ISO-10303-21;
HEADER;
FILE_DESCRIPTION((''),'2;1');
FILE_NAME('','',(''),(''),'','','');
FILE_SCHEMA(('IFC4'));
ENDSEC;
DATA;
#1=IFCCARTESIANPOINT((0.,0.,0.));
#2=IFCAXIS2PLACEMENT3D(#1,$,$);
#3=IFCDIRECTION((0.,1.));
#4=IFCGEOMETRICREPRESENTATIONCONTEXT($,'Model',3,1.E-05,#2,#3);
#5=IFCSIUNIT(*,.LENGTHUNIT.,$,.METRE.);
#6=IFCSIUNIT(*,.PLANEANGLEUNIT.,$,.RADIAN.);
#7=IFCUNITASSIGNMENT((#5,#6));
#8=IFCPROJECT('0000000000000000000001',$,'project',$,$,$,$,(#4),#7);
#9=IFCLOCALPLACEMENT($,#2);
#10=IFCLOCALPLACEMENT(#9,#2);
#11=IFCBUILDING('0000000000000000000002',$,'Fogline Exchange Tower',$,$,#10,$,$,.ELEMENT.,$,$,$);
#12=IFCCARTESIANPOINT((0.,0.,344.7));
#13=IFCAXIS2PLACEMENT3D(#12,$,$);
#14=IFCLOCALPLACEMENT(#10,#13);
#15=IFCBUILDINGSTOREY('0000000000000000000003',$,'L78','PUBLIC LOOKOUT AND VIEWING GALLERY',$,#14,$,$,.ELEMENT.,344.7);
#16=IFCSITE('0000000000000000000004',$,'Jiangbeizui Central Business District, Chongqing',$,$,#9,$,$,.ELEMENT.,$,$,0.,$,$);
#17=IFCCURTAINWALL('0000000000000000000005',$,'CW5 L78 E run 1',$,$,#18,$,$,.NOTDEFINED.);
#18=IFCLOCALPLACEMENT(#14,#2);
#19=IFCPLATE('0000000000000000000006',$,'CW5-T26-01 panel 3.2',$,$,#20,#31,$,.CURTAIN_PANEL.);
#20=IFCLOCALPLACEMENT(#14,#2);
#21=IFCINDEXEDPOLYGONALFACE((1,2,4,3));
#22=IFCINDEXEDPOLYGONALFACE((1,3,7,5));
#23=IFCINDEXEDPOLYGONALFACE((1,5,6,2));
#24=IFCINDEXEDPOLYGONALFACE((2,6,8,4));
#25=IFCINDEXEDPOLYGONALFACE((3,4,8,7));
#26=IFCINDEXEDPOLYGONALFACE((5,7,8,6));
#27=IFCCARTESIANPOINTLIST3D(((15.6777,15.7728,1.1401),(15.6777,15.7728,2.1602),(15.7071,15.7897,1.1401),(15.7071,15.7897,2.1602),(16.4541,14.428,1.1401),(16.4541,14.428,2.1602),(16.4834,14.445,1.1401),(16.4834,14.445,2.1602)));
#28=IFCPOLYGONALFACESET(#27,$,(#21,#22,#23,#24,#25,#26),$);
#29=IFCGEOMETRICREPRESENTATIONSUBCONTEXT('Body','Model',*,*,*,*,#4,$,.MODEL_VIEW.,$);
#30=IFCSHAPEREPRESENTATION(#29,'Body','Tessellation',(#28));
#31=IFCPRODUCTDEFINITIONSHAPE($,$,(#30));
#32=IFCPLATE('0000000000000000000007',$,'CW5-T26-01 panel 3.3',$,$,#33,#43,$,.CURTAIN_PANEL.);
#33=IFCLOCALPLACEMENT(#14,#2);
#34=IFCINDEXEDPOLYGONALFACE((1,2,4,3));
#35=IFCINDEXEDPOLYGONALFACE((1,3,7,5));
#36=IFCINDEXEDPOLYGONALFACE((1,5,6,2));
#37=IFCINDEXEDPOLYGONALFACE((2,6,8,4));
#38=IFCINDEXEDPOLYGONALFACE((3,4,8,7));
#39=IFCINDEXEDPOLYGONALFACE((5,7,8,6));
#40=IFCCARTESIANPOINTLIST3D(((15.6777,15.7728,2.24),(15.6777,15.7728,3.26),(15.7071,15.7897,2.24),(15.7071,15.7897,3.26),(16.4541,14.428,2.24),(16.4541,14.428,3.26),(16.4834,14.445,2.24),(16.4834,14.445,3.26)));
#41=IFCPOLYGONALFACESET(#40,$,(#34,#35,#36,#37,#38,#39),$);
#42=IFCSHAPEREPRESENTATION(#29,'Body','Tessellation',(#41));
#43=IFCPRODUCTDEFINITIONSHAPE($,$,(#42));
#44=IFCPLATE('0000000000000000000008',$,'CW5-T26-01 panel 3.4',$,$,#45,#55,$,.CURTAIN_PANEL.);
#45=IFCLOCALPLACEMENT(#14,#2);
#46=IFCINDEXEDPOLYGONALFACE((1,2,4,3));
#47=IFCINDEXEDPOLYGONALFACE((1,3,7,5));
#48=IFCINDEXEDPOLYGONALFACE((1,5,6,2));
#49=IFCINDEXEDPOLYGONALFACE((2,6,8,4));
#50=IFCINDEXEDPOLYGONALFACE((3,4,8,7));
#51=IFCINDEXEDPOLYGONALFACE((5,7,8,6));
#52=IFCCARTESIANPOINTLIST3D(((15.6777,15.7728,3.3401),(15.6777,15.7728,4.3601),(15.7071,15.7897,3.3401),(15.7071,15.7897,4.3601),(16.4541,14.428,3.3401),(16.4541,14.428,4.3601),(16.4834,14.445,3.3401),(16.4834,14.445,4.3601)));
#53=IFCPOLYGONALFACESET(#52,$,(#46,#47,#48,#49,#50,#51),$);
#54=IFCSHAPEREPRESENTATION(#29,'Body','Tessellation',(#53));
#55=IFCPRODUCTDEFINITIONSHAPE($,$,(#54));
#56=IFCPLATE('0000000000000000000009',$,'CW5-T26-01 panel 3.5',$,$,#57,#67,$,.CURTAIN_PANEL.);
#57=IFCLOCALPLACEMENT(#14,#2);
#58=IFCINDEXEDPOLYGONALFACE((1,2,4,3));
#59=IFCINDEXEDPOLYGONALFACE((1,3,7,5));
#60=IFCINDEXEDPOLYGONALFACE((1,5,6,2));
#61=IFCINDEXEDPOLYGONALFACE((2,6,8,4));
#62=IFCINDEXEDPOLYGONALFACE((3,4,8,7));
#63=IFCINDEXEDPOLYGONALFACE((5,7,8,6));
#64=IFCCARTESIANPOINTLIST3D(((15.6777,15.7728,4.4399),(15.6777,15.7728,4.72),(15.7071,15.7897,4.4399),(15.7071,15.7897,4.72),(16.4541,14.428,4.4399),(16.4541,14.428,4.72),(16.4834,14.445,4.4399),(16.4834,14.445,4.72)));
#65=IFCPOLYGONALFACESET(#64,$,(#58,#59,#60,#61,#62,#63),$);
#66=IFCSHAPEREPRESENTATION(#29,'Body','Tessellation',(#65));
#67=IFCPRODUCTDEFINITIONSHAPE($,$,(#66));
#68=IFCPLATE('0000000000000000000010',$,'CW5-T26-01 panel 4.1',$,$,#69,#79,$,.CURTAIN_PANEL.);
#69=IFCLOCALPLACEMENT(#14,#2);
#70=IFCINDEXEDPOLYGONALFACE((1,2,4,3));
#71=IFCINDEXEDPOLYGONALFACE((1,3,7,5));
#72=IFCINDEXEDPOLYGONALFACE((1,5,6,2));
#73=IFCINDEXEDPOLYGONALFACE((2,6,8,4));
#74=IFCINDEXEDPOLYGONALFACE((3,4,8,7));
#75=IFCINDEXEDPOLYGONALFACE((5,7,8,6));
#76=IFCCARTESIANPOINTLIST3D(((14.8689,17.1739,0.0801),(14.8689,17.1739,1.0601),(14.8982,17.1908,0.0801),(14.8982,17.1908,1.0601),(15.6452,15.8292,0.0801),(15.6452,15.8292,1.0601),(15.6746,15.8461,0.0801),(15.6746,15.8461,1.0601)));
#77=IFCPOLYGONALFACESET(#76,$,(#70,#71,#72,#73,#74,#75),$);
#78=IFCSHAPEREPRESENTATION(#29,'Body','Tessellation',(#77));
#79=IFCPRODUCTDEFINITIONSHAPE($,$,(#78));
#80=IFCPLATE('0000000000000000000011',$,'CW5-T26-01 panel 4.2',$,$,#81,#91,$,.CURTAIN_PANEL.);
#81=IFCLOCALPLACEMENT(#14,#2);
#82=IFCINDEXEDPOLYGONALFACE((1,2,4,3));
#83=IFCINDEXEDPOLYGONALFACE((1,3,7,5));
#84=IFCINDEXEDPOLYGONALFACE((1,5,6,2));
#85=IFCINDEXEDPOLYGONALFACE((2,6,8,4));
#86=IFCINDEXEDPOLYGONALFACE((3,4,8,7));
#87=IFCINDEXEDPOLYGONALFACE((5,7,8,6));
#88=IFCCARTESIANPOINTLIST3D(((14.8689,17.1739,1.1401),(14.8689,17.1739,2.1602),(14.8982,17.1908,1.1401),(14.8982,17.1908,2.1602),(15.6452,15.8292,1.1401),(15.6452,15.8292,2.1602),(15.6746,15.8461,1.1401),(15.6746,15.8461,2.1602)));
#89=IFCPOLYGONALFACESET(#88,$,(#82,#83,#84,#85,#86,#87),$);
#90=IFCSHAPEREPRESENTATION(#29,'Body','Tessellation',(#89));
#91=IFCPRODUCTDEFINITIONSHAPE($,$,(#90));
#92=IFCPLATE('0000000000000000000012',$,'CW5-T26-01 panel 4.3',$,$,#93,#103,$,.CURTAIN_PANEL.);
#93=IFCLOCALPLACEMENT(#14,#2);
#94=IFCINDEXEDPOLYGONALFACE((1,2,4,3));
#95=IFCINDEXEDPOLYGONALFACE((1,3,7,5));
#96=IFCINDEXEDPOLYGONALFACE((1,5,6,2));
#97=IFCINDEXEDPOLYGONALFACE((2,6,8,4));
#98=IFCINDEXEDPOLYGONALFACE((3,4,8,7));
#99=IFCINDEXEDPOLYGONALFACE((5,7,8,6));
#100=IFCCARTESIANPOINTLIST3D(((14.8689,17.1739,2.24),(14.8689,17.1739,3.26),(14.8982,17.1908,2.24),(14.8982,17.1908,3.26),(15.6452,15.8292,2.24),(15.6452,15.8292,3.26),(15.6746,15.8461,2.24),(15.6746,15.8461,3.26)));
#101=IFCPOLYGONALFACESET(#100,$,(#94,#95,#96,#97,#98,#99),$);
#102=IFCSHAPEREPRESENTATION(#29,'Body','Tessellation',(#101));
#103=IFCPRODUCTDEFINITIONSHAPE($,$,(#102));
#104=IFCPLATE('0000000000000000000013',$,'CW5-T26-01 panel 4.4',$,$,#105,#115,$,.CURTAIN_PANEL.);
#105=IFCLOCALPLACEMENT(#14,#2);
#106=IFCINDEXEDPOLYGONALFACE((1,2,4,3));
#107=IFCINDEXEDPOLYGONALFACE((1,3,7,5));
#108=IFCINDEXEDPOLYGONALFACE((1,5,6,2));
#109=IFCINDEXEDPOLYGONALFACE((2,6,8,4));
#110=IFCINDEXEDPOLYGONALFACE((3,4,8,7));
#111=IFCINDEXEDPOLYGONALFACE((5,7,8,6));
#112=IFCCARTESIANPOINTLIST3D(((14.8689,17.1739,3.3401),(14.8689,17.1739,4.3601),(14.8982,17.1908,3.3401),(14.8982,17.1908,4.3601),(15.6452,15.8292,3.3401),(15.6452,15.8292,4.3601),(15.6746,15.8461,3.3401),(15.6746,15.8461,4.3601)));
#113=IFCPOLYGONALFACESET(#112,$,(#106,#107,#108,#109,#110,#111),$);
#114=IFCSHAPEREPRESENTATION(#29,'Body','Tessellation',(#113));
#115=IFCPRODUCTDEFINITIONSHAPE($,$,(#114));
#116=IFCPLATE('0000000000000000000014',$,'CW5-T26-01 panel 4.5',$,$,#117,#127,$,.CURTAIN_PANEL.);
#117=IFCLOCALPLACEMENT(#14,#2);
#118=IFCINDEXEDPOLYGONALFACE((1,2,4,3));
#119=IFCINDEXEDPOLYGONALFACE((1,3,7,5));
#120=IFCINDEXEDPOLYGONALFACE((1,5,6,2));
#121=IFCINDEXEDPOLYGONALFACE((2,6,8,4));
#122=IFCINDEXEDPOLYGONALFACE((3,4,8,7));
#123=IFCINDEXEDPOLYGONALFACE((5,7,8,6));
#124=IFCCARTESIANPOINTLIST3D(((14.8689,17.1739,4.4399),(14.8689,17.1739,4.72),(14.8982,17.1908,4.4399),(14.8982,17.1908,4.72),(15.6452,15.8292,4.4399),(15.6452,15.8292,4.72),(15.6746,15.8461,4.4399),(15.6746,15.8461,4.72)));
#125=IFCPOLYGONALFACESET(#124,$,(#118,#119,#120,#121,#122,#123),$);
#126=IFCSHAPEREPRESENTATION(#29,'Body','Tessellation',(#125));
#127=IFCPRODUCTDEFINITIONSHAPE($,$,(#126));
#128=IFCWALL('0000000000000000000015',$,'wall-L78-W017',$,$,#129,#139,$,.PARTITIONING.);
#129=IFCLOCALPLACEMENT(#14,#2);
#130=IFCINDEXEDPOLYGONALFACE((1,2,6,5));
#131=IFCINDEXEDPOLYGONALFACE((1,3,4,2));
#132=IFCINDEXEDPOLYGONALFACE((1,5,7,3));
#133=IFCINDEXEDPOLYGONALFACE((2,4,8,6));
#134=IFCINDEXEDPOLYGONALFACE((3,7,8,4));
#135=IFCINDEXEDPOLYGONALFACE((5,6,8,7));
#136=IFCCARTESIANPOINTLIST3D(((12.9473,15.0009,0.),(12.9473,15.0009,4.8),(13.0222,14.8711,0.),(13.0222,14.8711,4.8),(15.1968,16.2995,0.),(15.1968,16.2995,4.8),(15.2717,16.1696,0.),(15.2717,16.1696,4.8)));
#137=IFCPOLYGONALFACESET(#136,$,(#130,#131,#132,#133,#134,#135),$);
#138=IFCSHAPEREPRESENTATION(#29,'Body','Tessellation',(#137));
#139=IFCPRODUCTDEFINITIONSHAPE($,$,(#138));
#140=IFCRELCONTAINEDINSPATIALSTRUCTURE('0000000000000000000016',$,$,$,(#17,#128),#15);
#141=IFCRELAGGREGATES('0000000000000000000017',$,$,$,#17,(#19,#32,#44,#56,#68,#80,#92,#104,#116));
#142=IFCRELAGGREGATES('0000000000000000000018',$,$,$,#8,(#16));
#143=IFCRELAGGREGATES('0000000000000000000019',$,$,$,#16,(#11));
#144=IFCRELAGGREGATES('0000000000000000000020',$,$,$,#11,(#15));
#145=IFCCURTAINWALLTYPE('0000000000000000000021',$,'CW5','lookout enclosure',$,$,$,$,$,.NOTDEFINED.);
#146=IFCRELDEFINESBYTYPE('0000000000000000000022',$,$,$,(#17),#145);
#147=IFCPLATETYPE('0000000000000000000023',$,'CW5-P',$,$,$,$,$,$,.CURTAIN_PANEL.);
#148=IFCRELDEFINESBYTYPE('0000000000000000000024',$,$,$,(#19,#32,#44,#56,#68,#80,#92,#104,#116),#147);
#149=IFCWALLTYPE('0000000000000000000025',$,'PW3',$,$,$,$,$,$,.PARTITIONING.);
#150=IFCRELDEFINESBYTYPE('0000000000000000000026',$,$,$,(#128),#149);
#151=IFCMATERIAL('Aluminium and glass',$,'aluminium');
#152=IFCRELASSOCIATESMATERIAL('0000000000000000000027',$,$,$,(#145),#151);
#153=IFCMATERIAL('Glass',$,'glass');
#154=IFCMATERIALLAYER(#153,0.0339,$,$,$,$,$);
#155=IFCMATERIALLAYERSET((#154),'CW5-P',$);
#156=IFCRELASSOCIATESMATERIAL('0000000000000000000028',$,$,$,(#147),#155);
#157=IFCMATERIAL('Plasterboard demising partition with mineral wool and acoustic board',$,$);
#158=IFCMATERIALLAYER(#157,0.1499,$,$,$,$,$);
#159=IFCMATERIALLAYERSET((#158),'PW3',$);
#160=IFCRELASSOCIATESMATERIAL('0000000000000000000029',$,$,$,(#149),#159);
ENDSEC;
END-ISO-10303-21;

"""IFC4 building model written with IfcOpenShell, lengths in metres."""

from ifc_helpers import new_model, si_unit, direction, frame, frame_2d, origin, origin_2d, place, context, subcontext, project, spatial, rectangle, extrude, material, layer, layer_set, type_object, element, aggregate, save


model = new_model("IFC4")

# Units and contexts
model_context = context("Model", 3, precision=1e-05, world=origin(), true_north=direction((0.0, 1.0)))
body_context = subcontext(model_context, "Body", "Model", "MODEL_VIEW")
ifc_project = project(units=[si_unit("LENGTHUNIT", "METRE"), si_unit("PLANEANGLEUNIT", "RADIAN")], contexts=[model_context])

# Site, building, storey
site_placement = place(None, origin())
site = spatial("IfcSite", under=ifc_project, at=site_placement, Name="Jiangbeizui Central Business District, Chongqing", CompositionType="ELEMENT", RefElevation=0.0)
building_placement = place(site_placement, origin())
building = spatial("IfcBuilding", under=site, at=building_placement, Name="Fogline Exchange Tower", CompositionType="ELEMENT")
storey_placement = place(building_placement, frame((0.0, 0.0, 344.7)))
storey = spatial("IfcBuildingStorey", under=building, at=storey_placement, Name="L78", Description="PUBLIC LOOKOUT AND VIEWING GALLERY", CompositionType="ELEMENT", Elevation=344.7)

# Curtain wall, plates
ifc_material_1 = material(Name="Aluminium and glass", Category="aluminium")
curtain_wall_type = type_object("IfcCurtainWallType", Name="CW5", Description="lookout enclosure", PredefinedType="NOTDEFINED", material=ifc_material_1)
curtain_wall_placement = place(storey_placement, origin())
curtain_wall = element("IfcCurtainWall", 1, at=curtain_wall_placement, inside=storey, type_object=curtain_wall_type, Name="CW5 L78 E run 1", PredefinedType="NOTDEFINED")
ifc_material_2 = material(Name="Glass", Category="glass")
ifc_layer_1 = layer(ifc_material_2, 0.0339)
ifc_layer_set_1 = layer_set([ifc_layer_1], Name="CW5-P")
plate_type = type_object("IfcPlateType", Name="CW5-P", PredefinedType="CURTAIN_PANEL", material=ifc_layer_set_1)
plate_1_placement = place(storey_placement, frame((16.0806, 15.1089, 1.1401), z_axis=(0.0, 0.0, 1.0), x_axis=(-0.5, 0.866025, 0.0)))
plate_1 = element("IfcPlate", 2, at=plate_1_placement, type_object=plate_type, Name="CW5-T26-01 panel 3.2", PredefinedType="CURTAIN_PANEL", context=body_context, shape_type="SweptSolid", body=[
    extrude(rectangle(XDim=1.5527, YDim=0.0339, at=origin_2d()), origin(), (0.0, 0.0, 1.0), 1.02),
])
plate_2_placement = place(storey_placement, frame((16.0806, 15.1089, 2.24), z_axis=(0.0, 0.0, 1.0), x_axis=(-0.5, 0.866025, 0.0)))
plate_2 = element("IfcPlate", 3, at=plate_2_placement, type_object=plate_type, Name="CW5-T26-01 panel 3.3", PredefinedType="CURTAIN_PANEL", context=body_context, shape_type="SweptSolid", body=[
    extrude(rectangle(XDim=1.5527, YDim=0.0339, at=origin_2d()), origin(), (0.0, 0.0, 1.0), 1.02),
])
plate_3_placement = place(storey_placement, frame((16.0806, 15.1089, 3.3401), z_axis=(0.0, 0.0, 1.0), x_axis=(-0.5, 0.866025, 0.0)))
plate_3 = element("IfcPlate", 4, at=plate_3_placement, type_object=plate_type, Name="CW5-T26-01 panel 3.4", PredefinedType="CURTAIN_PANEL", context=body_context, shape_type="SweptSolid", body=[
    extrude(rectangle(XDim=1.5527, YDim=0.0339, at=origin_2d()), origin(), (0.0, 0.0, 1.0), 1.02),
])
plate_4_placement = place(storey_placement, frame((16.0806, 15.1089, 4.4399), z_axis=(0.0, 0.0, 1.0), x_axis=(-0.5, 0.866025, 0.0)))
plate_4 = element("IfcPlate", 5, at=plate_4_placement, type_object=plate_type, Name="CW5-T26-01 panel 3.5", PredefinedType="CURTAIN_PANEL", context=body_context, shape_type="SweptSolid", body=[
    extrude(rectangle(XDim=1.5527, YDim=0.0339, at=origin_2d()), origin(), (0.0, 0.0, 1.0), 0.28),
])
plate_5_placement = place(storey_placement, frame((15.2717, 16.51, 0.0801), z_axis=(0.0, 0.0, 1.0), x_axis=(-0.5, 0.866025, 0.0)))
plate_5 = element("IfcPlate", 6, at=plate_5_placement, type_object=plate_type, Name="CW5-T26-01 panel 4.1", PredefinedType="CURTAIN_PANEL", context=body_context, shape_type="SweptSolid", body=[
    extrude(rectangle(XDim=1.5527, YDim=0.0339, at=origin_2d()), origin(), (0.0, 0.0, 1.0), 0.98),
])
plate_6_placement = place(storey_placement, frame((15.2717, 16.51, 1.1401), z_axis=(0.0, 0.0, 1.0), x_axis=(-0.5, 0.866025, 0.0)))
plate_6 = element("IfcPlate", 7, at=plate_6_placement, type_object=plate_type, Name="CW5-T26-01 panel 4.2", PredefinedType="CURTAIN_PANEL", context=body_context, shape_type="SweptSolid", body=[
    extrude(rectangle(XDim=1.5527, YDim=0.0339, at=origin_2d()), origin(), (0.0, 0.0, 1.0), 1.02),
])
plate_7_placement = place(storey_placement, frame((15.2717, 16.51, 2.24), z_axis=(0.0, 0.0, 1.0), x_axis=(-0.5, 0.866025, 0.0)))
plate_7 = element("IfcPlate", 8, at=plate_7_placement, type_object=plate_type, Name="CW5-T26-01 panel 4.3", PredefinedType="CURTAIN_PANEL", context=body_context, shape_type="SweptSolid", body=[
    extrude(rectangle(XDim=1.5527, YDim=0.0339, at=origin_2d()), origin(), (0.0, 0.0, 1.0), 1.02),
])
plate_8_placement = place(storey_placement, frame((15.2717, 16.51, 3.3401), z_axis=(0.0, 0.0, 1.0), x_axis=(-0.5, 0.866025, 0.0)))
plate_8 = element("IfcPlate", 9, at=plate_8_placement, type_object=plate_type, Name="CW5-T26-01 panel 4.4", PredefinedType="CURTAIN_PANEL", context=body_context, shape_type="SweptSolid", body=[
    extrude(rectangle(XDim=1.5527, YDim=0.0339, at=origin_2d()), origin(), (0.0, 0.0, 1.0), 1.02),
])
plate_9_placement = place(storey_placement, frame((15.2717, 16.51, 4.4399), z_axis=(0.0, 0.0, 1.0), x_axis=(-0.5, 0.866025, 0.0)))
plate_9 = element("IfcPlate", 10, at=plate_9_placement, type_object=plate_type, Name="CW5-T26-01 panel 4.5", PredefinedType="CURTAIN_PANEL", context=body_context, shape_type="SweptSolid", body=[
    extrude(rectangle(XDim=1.5527, YDim=0.0339, at=origin_2d()), origin(), (0.0, 0.0, 1.0), 0.28),
])
aggregate(curtain_wall, [plate_1, plate_2, plate_3, plate_4, plate_5, plate_6, plate_7, plate_8, plate_9])

# Wall
ifc_material_3 = material(Name="Plasterboard demising partition with mineral wool and acoustic board")
ifc_layer_2 = layer(ifc_material_3, 0.1499)
ifc_layer_set_2 = layer_set([ifc_layer_2], Name="PW3")
wall_type = type_object("IfcWallType", Name="PW3", PredefinedType="PARTITIONING", material=ifc_layer_set_2)
wall_placement = place(storey_placement, frame((15.2344, 16.2346, 0.0), z_axis=(0.0, 0.0, 1.0), x_axis=(-0.866054, -0.49995, 0.0)))
element("IfcWall", 11, at=wall_placement, inside=storey, type_object=wall_type, Name="wall-L78-W017", PredefinedType="PARTITIONING", context=body_context, shape_type="SweptSolid", body=[
    extrude(rectangle(XDim=2.5974, YDim=0.1499, at=frame_2d((1.2988, 0.0))), origin(), (0.0, 0.0, 1.0), 4.8),
])

save(model, "model.ifc")
